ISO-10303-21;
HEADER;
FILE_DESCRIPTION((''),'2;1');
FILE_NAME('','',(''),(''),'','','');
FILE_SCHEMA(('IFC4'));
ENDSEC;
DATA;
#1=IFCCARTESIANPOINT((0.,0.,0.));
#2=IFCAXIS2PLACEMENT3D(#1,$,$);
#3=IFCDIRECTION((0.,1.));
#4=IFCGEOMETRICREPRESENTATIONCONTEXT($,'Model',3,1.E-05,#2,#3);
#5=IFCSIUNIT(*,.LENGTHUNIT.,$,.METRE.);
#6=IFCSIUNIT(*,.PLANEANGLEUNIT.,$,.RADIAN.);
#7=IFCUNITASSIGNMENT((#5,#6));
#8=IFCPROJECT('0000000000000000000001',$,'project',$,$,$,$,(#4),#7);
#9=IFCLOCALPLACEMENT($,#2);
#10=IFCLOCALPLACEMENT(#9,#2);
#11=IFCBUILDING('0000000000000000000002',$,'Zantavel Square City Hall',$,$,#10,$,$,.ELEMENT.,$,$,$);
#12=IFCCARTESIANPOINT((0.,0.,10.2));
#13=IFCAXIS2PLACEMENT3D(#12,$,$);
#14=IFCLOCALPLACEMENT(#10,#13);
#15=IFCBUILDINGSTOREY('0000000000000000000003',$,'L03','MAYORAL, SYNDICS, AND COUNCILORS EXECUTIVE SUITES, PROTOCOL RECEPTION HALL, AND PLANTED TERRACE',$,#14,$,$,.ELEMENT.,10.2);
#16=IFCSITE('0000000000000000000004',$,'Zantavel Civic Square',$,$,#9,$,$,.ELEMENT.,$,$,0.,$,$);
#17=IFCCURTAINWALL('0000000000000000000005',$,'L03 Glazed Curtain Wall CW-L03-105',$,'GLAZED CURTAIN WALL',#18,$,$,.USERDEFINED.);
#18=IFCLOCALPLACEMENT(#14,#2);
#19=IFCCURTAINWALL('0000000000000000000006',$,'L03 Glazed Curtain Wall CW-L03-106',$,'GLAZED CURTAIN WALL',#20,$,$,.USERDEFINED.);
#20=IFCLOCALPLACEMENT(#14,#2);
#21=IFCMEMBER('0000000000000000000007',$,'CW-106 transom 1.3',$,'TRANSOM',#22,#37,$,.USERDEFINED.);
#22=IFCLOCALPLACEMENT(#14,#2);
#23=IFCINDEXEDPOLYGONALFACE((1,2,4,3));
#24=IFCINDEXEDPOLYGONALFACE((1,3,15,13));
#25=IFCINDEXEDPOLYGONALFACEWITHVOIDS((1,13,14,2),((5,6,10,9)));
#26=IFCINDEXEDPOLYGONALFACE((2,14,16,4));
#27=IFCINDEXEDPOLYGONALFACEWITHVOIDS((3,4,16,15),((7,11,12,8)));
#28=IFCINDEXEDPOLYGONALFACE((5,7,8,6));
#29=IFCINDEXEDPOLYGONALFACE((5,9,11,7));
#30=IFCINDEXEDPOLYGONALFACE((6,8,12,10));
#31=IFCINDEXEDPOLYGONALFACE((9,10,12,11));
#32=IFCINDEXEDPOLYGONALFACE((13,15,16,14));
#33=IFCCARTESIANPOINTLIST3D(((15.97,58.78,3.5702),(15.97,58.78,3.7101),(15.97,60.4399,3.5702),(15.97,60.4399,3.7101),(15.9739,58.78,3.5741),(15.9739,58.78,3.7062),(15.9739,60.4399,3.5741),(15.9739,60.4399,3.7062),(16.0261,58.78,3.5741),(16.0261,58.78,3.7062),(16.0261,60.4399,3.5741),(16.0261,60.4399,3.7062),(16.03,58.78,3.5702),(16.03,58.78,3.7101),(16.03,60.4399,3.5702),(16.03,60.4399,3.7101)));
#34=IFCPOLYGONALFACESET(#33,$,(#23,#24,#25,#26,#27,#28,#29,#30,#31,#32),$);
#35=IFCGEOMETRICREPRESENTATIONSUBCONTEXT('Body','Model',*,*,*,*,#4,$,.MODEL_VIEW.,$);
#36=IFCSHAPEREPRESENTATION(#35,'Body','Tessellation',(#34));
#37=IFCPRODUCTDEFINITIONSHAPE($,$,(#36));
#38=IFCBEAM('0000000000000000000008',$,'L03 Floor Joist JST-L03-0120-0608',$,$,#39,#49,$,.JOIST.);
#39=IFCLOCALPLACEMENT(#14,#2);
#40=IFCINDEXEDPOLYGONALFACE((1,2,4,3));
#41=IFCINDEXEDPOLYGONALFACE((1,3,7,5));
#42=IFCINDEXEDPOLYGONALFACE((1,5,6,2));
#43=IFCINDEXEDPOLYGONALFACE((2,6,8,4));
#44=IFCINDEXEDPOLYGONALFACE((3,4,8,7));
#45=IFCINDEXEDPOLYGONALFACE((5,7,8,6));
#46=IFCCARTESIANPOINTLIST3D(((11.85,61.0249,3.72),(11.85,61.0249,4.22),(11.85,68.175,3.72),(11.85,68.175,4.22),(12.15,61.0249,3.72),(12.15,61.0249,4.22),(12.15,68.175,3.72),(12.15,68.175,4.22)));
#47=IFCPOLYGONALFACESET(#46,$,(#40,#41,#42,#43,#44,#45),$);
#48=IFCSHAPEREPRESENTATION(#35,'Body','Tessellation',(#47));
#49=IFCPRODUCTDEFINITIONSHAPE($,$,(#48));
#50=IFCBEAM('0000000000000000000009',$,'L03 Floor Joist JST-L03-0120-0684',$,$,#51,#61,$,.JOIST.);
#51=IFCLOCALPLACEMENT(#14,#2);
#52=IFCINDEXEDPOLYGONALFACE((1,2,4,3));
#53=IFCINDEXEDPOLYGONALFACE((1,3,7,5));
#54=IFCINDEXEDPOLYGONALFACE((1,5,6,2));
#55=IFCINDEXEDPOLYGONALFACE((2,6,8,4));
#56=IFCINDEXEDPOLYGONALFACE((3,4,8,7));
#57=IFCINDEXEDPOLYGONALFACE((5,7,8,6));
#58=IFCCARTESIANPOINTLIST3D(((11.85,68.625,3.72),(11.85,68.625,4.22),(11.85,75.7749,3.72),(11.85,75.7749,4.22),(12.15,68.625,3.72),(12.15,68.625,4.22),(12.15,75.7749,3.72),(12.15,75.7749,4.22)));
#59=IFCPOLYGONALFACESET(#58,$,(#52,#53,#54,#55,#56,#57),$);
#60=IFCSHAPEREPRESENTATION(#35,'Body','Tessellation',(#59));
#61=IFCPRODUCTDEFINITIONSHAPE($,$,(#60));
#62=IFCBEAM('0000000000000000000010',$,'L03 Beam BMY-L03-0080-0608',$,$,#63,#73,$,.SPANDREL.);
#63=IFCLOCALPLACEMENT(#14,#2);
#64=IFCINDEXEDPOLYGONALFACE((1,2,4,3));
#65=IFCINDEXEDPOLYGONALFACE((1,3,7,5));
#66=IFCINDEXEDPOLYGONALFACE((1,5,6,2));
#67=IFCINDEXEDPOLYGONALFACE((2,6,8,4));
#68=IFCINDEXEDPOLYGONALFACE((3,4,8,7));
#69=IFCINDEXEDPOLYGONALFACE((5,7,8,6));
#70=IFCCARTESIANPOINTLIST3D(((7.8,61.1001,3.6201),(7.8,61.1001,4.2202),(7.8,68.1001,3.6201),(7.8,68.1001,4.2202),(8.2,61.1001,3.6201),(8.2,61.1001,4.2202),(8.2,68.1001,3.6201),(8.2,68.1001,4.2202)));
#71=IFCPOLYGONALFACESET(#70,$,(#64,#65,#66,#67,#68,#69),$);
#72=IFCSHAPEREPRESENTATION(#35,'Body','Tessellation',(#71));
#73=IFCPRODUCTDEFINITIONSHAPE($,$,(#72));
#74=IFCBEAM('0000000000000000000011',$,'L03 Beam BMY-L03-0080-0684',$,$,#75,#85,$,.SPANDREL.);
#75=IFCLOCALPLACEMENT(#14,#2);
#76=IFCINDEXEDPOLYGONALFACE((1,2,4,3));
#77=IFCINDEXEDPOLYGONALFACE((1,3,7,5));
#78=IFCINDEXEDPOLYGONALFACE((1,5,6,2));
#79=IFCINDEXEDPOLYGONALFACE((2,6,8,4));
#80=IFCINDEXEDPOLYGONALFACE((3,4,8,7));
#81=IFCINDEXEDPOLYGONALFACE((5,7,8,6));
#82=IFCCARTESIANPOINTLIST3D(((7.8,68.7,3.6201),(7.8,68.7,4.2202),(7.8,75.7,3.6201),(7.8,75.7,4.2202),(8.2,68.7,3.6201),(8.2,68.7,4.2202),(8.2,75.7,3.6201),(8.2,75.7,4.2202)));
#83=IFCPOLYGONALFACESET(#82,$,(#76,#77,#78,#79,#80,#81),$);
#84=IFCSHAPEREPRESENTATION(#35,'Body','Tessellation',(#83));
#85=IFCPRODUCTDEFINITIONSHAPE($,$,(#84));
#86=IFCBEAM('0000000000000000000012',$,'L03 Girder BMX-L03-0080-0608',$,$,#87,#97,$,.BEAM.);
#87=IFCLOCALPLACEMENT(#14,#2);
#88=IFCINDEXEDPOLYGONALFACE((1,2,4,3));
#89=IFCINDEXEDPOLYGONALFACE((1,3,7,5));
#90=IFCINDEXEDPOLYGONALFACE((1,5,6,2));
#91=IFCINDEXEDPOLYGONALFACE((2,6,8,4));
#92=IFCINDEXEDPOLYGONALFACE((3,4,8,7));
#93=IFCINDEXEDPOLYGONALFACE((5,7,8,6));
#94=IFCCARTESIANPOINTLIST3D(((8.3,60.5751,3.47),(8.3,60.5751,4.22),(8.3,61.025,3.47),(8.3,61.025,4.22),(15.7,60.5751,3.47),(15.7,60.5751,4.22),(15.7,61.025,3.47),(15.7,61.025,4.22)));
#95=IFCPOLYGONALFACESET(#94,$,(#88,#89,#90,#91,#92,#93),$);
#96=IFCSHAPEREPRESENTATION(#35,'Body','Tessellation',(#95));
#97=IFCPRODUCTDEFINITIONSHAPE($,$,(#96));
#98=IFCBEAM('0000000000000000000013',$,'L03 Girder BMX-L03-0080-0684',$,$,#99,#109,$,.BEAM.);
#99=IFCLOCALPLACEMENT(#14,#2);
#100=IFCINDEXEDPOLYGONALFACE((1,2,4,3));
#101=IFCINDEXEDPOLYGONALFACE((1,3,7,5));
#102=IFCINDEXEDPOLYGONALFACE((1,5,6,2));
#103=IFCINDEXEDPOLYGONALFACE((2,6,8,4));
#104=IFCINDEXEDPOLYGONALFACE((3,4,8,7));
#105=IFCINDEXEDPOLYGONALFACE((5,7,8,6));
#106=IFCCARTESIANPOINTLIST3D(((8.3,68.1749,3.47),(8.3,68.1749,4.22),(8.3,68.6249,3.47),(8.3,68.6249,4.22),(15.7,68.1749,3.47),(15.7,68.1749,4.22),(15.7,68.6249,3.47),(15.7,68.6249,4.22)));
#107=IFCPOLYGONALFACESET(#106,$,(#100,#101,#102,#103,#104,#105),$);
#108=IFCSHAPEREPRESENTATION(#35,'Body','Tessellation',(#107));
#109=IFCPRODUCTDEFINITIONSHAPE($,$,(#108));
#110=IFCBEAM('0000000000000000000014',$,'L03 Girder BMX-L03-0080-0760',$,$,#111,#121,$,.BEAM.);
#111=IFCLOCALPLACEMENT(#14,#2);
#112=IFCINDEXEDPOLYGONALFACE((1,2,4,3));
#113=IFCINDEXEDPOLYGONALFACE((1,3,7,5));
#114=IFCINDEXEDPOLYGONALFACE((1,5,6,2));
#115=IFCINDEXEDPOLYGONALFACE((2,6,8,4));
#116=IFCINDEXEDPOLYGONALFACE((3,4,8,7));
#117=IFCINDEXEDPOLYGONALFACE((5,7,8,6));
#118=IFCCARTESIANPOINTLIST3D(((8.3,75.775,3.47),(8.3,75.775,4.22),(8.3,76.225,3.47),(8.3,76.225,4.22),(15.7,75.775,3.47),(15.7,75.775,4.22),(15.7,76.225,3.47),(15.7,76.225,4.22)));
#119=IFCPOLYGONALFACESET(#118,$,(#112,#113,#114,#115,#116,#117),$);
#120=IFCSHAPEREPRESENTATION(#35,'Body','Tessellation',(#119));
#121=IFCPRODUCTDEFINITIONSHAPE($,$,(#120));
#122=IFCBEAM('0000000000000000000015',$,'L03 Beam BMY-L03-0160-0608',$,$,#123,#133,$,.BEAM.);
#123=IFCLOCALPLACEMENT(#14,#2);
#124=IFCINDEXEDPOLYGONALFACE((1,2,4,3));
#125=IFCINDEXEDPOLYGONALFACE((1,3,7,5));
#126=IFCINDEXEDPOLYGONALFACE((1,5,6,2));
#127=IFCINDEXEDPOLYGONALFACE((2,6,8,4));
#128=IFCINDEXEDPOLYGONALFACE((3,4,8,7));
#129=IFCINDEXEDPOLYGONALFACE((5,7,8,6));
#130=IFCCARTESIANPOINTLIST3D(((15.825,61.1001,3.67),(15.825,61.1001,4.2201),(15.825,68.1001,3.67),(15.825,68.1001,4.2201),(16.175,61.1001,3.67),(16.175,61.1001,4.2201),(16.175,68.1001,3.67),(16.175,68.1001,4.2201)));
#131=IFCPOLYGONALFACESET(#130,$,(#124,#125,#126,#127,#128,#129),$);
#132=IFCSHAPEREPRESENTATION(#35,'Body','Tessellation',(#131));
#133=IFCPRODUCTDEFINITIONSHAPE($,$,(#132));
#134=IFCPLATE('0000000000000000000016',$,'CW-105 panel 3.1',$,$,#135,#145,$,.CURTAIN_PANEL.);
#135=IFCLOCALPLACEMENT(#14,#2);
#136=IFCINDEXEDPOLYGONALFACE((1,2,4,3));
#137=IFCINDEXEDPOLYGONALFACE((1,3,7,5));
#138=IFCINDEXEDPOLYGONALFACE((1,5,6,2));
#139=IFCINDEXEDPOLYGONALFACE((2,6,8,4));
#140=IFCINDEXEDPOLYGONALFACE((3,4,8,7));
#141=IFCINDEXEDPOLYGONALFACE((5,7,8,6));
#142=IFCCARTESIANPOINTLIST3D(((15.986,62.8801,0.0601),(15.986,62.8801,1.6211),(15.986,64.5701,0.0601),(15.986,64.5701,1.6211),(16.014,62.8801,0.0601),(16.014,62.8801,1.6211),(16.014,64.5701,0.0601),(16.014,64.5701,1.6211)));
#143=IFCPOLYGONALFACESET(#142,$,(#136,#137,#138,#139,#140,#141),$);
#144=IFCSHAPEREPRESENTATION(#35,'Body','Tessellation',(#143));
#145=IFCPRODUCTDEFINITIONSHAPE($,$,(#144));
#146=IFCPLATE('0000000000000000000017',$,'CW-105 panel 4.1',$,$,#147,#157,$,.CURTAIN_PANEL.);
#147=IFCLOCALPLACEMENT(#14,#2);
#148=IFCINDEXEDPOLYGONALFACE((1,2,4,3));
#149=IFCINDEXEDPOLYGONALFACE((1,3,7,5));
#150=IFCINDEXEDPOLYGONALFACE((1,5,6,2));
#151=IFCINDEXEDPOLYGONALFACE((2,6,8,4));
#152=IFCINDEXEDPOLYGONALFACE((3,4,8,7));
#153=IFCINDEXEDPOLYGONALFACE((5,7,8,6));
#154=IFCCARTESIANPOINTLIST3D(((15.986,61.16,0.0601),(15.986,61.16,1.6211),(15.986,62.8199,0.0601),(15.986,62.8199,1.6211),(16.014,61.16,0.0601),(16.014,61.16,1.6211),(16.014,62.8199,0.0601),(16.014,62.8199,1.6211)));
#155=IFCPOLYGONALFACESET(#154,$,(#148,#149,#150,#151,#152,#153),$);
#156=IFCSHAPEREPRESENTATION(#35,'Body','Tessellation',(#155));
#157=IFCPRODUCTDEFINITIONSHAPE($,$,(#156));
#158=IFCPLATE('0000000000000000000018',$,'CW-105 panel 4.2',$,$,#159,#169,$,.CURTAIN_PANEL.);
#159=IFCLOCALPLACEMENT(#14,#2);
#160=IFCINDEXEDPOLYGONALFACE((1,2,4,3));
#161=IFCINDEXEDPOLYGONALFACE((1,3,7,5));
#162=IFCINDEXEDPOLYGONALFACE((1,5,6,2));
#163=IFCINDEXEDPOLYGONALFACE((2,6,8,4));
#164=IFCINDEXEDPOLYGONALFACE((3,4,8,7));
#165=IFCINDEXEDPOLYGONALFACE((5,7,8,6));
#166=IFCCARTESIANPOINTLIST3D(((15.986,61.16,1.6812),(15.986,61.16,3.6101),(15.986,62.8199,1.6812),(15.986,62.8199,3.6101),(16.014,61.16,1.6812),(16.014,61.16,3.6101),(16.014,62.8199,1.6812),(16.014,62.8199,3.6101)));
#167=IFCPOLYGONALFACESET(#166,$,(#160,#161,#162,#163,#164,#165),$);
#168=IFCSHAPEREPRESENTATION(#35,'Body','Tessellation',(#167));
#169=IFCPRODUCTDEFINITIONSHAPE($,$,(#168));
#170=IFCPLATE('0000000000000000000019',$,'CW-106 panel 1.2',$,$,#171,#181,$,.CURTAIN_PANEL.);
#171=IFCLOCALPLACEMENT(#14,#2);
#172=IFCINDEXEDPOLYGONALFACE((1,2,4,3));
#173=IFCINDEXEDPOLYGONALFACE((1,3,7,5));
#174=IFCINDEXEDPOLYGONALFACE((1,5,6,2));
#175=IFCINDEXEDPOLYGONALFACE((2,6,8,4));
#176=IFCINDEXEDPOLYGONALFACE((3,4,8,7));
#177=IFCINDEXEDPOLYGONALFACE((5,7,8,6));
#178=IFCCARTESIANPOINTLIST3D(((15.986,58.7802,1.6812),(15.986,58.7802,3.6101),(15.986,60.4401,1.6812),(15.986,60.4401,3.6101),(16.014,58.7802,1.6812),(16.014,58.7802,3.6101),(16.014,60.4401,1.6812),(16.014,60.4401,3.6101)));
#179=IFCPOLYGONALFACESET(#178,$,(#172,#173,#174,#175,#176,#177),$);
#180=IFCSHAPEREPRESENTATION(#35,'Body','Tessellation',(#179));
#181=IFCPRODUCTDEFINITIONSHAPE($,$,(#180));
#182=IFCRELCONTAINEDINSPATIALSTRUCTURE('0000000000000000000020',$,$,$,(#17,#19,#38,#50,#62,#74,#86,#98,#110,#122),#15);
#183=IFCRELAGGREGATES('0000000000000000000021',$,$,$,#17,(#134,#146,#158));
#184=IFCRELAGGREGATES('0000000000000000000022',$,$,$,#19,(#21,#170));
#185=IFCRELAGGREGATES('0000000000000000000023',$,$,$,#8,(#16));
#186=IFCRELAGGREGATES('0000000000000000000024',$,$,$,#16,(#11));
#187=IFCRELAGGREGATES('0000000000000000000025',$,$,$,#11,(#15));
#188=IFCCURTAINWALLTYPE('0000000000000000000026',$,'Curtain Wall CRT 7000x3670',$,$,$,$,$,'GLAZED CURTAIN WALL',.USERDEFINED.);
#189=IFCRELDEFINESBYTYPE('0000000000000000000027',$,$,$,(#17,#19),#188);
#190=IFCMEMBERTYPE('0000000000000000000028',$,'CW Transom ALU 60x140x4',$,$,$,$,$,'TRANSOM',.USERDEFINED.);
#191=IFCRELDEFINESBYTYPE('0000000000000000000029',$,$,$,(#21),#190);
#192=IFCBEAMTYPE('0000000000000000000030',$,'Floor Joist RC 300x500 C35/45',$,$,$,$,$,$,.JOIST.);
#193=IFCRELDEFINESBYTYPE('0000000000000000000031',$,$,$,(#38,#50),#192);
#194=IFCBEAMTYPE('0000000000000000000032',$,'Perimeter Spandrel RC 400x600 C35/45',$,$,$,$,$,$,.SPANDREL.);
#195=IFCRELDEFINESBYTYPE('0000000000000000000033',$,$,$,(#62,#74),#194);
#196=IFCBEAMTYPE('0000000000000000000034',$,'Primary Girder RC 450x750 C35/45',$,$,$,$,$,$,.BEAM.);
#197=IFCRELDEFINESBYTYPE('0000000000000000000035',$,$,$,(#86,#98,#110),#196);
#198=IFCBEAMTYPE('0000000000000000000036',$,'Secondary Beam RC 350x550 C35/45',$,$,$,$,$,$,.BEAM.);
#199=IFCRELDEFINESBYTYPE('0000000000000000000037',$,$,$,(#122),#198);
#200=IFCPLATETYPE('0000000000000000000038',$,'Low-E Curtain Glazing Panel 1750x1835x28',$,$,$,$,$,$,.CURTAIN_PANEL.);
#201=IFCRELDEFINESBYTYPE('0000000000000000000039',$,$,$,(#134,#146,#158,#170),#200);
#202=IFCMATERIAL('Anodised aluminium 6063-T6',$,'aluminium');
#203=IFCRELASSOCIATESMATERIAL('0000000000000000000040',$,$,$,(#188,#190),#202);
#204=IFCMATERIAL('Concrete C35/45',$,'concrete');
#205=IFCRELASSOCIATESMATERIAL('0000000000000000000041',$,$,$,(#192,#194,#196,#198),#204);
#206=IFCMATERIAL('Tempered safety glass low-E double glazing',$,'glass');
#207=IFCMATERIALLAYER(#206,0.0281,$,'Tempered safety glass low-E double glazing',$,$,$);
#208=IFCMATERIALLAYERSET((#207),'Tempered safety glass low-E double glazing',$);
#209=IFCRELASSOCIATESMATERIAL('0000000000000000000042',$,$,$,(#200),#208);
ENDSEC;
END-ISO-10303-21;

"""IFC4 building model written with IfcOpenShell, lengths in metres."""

from ifc_helpers import new_model, si_unit, direction, frame, origin, origin_2d, place, context, subcontext, project, spatial, rectangle, hollow_rectangle, extrude, material, layer, layer_set, material_profile, profile_set, type_object, element, aggregate, save


model = new_model("IFC4")

# Units and contexts
model_context = context("Model", 3, precision=1e-05, world=origin(), true_north=direction((0.0, 1.0)))
body_context = subcontext(model_context, "Body", "Model", "MODEL_VIEW")
ifc_project = project(units=[si_unit("LENGTHUNIT", "METRE"), si_unit("PLANEANGLEUNIT", "RADIAN")], contexts=[model_context])

# Site, building, storey
site_placement = place(None, origin())
site = spatial("IfcSite", under=ifc_project, at=site_placement, Name="Zantavel Civic Square", CompositionType="ELEMENT", RefElevation=0.0)
building_placement = place(site_placement, origin())
building = spatial("IfcBuilding", under=site, at=building_placement, Name="Zantavel Square City Hall", CompositionType="ELEMENT")
storey_placement = place(building_placement, frame((0.0, 0.0, 10.2)))
storey = spatial("IfcBuildingStorey", under=building, at=storey_placement, Name="L03", Description="MAYORAL, SYNDICS, AND COUNCILORS EXECUTIVE SUITES, PROTOCOL RECEPTION HALL, AND PLANTED TERRACE", CompositionType="ELEMENT", Elevation=10.2)

# Curtain wall
ifc_material_1 = material(Name="Anodised aluminium 6063-T6", Category="aluminium")
curtain_wall_type = type_object("IfcCurtainWallType", Name="Curtain Wall CRT 7000x3670", ElementType="GLAZED CURTAIN WALL", PredefinedType="USERDEFINED", material=ifc_material_1)
curtain_wall_1_placement = place(storey_placement, origin())
curtain_wall_1 = element("IfcCurtainWall", 1, at=curtain_wall_1_placement, inside=storey, type_object=curtain_wall_type, Name="L03 Glazed Curtain Wall CW-L03-105", ObjectType="GLAZED CURTAIN WALL", PredefinedType="USERDEFINED")

# Curtain wall
curtain_wall_2_placement = place(storey_placement, origin())
curtain_wall_2 = element("IfcCurtainWall", 2, at=curtain_wall_2_placement, inside=storey, type_object=curtain_wall_type, Name="L03 Glazed Curtain Wall CW-L03-106", ObjectType="GLAZED CURTAIN WALL", PredefinedType="USERDEFINED")

# Member
ifc_material_profile_1 = material_profile(ifc_material_1, hollow_rectangle(XDim=0.0601, YDim=0.1399, WallThickness=0.0039, at=origin_2d()), Name="ALU 60x140x4")
ifc_profile_set_1 = profile_set([ifc_material_profile_1], Name="Anodised aluminium 6063-T6")
member_type_1 = type_object("IfcMemberType", Name="CW Transom ALU 60x140x4", ElementType="TRANSOM", PredefinedType="USERDEFINED", material=ifc_profile_set_1)
member_1_placement = place(storey_placement, frame((16.0, 60.4399, 3.6401), z_axis=(0.0, -1.0, 0.0), x_axis=(1.0, 0.0, 0.0)))
member_1 = element("IfcMember", 3, at=member_1_placement, type_object=member_type_1, Name="CW-106 transom 1.3", ObjectType="TRANSOM", PredefinedType="USERDEFINED", context=body_context, shape_type="SweptSolid", body=[
    extrude(hollow_rectangle(XDim=0.0601, YDim=0.1399, WallThickness=0.0039, at=origin_2d()), origin(), (0.0, 0.0, 1.0), 1.6599),
])

# Beams
ifc_material_2 = material(Name="Concrete C35/45", Category="concrete")
ifc_material_profile_2 = material_profile(ifc_material_2, rectangle(XDim=0.3, YDim=0.5, at=origin_2d()), Name="RC 300x500")
ifc_profile_set_2 = profile_set([ifc_material_profile_2], Name="Concrete C35/45")
beam_type_1 = type_object("IfcBeamType", Name="Floor Joist RC 300x500 C35/45", PredefinedType="JOIST", material=ifc_profile_set_2)
beam_1_placement = place(storey_placement, frame((12.0, 61.0249, 3.97), z_axis=(0.0, 1.0, 0.0), x_axis=(-1.0, 0.0, 0.0)))
element("IfcBeam", 4, at=beam_1_placement, inside=storey, type_object=beam_type_1, Name="L03 Floor Joist JST-L03-0120-0608", PredefinedType="JOIST", context=body_context, shape_type="SweptSolid", body=[
    extrude(rectangle(XDim=0.3, YDim=0.5, at=origin_2d()), origin(), (0.0, 0.0, 1.0), 7.1501),
])
beam_2_placement = place(storey_placement, frame((12.0, 68.625, 3.97), z_axis=(0.0, 1.0, 0.0), x_axis=(-1.0, 0.0, 0.0)))
element("IfcBeam", 5, at=beam_2_placement, inside=storey, type_object=beam_type_1, Name="L03 Floor Joist JST-L03-0120-0684", PredefinedType="JOIST", context=body_context, shape_type="SweptSolid", body=[
    extrude(rectangle(XDim=0.3, YDim=0.5, at=origin_2d()), origin(), (0.0, 0.0, 1.0), 7.1499),
])
ifc_material_profile_3 = material_profile(ifc_material_2, rectangle(XDim=0.3999, YDim=0.6001, at=origin_2d()), Name="RC 400x600")
ifc_profile_set_3 = profile_set([ifc_material_profile_3], Name="Concrete C35/45")
beam_type_2 = type_object("IfcBeamType", Name="Perimeter Spandrel RC 400x600 C35/45", PredefinedType="SPANDREL", material=ifc_profile_set_3)
for number, where, z_axis, x_axis, name in (
    (6, (8.0, 61.1001, 3.9202), (0.0, 1.0, 0.0), (-1.0, 0.0, 0.0), "L03 Beam BMY-L03-0080-0608"),
    (7, (8.0, 68.7, 3.9202), (0.0, 1.0, 0.0), (-1.0, 0.0, 0.0), "L03 Beam BMY-L03-0080-0684"),
):
    element("IfcBeam", number, at=place(storey_placement, frame(where, z_axis=z_axis, x_axis=x_axis)), inside=storey, type_object=beam_type_2, Name=name, PredefinedType="SPANDREL", context=body_context, shape_type="SweptSolid", body=[
        extrude(rectangle(XDim=0.3999, YDim=0.6001, at=origin_2d()), origin(), (0.0, 0.0, 1.0), 7.0),
    ])
ifc_material_profile_4 = material_profile(ifc_material_2, rectangle(XDim=0.45, YDim=0.75, at=origin_2d()), Name="RC 450x750")
ifc_profile_set_4 = profile_set([ifc_material_profile_4], Name="Concrete C35/45")
beam_type_3 = type_object("IfcBeamType", Name="Primary Girder RC 450x750 C35/45", PredefinedType="BEAM", material=ifc_profile_set_4)
for number, where, z_axis, x_axis, name in (
    (8, (8.3, 60.8, 3.845), (1.0, 0.0, 0.0), (0.0, 1.0, 0.0), "L03 Girder BMX-L03-0080-0608"),
    (9, (8.3, 68.3999, 3.845), (1.0, 0.0, 0.0), (0.0, 1.0, 0.0), "L03 Girder BMX-L03-0080-0684"),
    (10, (8.3, 76.0, 3.845), (1.0, 0.0, 0.0), (0.0, 1.0, 0.0), "L03 Girder BMX-L03-0080-0760"),
):
    element("IfcBeam", number, at=place(storey_placement, frame(where, z_axis=z_axis, x_axis=x_axis)), inside=storey, type_object=beam_type_3, Name=name, PredefinedType="BEAM", context=body_context, shape_type="SweptSolid", body=[
        extrude(rectangle(XDim=0.45, YDim=0.75, at=origin_2d()), origin(), (0.0, 0.0, 1.0), 7.3999),
    ])
ifc_material_profile_5 = material_profile(ifc_material_2, rectangle(XDim=0.3501, YDim=0.55, at=origin_2d()), Name="RC 350x550")
ifc_profile_set_5 = profile_set([ifc_material_profile_5], Name="Concrete C35/45")
beam_type_4 = type_object("IfcBeamType", Name="Secondary Beam RC 350x550 C35/45", PredefinedType="BEAM", material=ifc_profile_set_5)
beam_3_placement = place(storey_placement, frame((16.0, 61.1001, 3.9451), z_axis=(0.0, 1.0, 0.0), x_axis=(-1.0, 0.0, 0.0)))
element("IfcBeam", 11, at=beam_3_placement, inside=storey, type_object=beam_type_4, Name="L03 Beam BMY-L03-0160-0608", PredefinedType="BEAM", context=body_context, shape_type="SweptSolid", body=[
    extrude(rectangle(XDim=0.3501, YDim=0.55, at=origin_2d()), origin(), (0.0, 0.0, 1.0), 7.0),
])

# Plates
ifc_material_3 = material(Name="Tempered safety glass low-E double glazing", Category="glass")
ifc_layer_1 = layer(ifc_material_3, 0.0281, Name="Tempered safety glass low-E double glazing")
ifc_layer_set_1 = layer_set([ifc_layer_1], Name="Tempered safety glass low-E double glazing")
plate_type = type_object("IfcPlateType", Name="Low-E Curtain Glazing Panel 1750x1835x28", PredefinedType="CURTAIN_PANEL", material=ifc_layer_set_1)
plate_1_placement = place(storey_placement, frame((16.0, 63.7251, 0.0601), z_axis=(0.0, 0.0, 1.0), x_axis=(0.0, -1.0, 0.0)))
plate_1 = element("IfcPlate", 12, at=plate_1_placement, type_object=plate_type, Name="CW-105 panel 3.1", PredefinedType="CURTAIN_PANEL", context=body_context, shape_type="SweptSolid", body=[
    extrude(rectangle(XDim=1.6899, YDim=0.0281, at=origin_2d()), origin(), (0.0, 0.0, 1.0), 1.561),
])
plate_2_placement = place(storey_placement, frame((16.0, 61.99, 0.0601), z_axis=(0.0, 0.0, 1.0), x_axis=(0.0, -1.0, 0.0)))
plate_2 = element("IfcPlate", 13, at=plate_2_placement, type_object=plate_type, Name="CW-105 panel 4.1", PredefinedType="CURTAIN_PANEL", context=body_context, shape_type="SweptSolid", body=[
    extrude(rectangle(XDim=1.6599, YDim=0.0281, at=origin_2d()), origin(), (0.0, 0.0, 1.0), 1.561),
])
plate_3_placement = place(storey_placement, frame((16.0, 61.99, 1.6812), z_axis=(0.0, 0.0, 1.0), x_axis=(0.0, -1.0, 0.0)))
plate_3 = element("IfcPlate", 14, at=plate_3_placement, type_object=plate_type, Name="CW-105 panel 4.2", PredefinedType="CURTAIN_PANEL", context=body_context, shape_type="SweptSolid", body=[
    extrude(rectangle(XDim=1.6599, YDim=0.0281, at=origin_2d()), origin(), (0.0, 0.0, 1.0), 1.929),
])
aggregate(curtain_wall_1, [plate_1, plate_2, plate_3])
plate_4_placement = place(storey_placement, frame((16.0, 59.6101, 1.6812), z_axis=(0.0, 0.0, 1.0), x_axis=(0.0, -1.0, 0.0)))
plate_4 = element("IfcPlate", 15, at=plate_4_placement, type_object=plate_type, Name="CW-106 panel 1.2", PredefinedType="CURTAIN_PANEL", context=body_context, shape_type="SweptSolid", body=[
    extrude(rectangle(XDim=1.6599, YDim=0.0281, at=origin_2d()), origin(), (0.0, 0.0, 1.0), 1.929),
])
aggregate(curtain_wall_2, [member_1, plate_4])

save(model, "model.ifc")
